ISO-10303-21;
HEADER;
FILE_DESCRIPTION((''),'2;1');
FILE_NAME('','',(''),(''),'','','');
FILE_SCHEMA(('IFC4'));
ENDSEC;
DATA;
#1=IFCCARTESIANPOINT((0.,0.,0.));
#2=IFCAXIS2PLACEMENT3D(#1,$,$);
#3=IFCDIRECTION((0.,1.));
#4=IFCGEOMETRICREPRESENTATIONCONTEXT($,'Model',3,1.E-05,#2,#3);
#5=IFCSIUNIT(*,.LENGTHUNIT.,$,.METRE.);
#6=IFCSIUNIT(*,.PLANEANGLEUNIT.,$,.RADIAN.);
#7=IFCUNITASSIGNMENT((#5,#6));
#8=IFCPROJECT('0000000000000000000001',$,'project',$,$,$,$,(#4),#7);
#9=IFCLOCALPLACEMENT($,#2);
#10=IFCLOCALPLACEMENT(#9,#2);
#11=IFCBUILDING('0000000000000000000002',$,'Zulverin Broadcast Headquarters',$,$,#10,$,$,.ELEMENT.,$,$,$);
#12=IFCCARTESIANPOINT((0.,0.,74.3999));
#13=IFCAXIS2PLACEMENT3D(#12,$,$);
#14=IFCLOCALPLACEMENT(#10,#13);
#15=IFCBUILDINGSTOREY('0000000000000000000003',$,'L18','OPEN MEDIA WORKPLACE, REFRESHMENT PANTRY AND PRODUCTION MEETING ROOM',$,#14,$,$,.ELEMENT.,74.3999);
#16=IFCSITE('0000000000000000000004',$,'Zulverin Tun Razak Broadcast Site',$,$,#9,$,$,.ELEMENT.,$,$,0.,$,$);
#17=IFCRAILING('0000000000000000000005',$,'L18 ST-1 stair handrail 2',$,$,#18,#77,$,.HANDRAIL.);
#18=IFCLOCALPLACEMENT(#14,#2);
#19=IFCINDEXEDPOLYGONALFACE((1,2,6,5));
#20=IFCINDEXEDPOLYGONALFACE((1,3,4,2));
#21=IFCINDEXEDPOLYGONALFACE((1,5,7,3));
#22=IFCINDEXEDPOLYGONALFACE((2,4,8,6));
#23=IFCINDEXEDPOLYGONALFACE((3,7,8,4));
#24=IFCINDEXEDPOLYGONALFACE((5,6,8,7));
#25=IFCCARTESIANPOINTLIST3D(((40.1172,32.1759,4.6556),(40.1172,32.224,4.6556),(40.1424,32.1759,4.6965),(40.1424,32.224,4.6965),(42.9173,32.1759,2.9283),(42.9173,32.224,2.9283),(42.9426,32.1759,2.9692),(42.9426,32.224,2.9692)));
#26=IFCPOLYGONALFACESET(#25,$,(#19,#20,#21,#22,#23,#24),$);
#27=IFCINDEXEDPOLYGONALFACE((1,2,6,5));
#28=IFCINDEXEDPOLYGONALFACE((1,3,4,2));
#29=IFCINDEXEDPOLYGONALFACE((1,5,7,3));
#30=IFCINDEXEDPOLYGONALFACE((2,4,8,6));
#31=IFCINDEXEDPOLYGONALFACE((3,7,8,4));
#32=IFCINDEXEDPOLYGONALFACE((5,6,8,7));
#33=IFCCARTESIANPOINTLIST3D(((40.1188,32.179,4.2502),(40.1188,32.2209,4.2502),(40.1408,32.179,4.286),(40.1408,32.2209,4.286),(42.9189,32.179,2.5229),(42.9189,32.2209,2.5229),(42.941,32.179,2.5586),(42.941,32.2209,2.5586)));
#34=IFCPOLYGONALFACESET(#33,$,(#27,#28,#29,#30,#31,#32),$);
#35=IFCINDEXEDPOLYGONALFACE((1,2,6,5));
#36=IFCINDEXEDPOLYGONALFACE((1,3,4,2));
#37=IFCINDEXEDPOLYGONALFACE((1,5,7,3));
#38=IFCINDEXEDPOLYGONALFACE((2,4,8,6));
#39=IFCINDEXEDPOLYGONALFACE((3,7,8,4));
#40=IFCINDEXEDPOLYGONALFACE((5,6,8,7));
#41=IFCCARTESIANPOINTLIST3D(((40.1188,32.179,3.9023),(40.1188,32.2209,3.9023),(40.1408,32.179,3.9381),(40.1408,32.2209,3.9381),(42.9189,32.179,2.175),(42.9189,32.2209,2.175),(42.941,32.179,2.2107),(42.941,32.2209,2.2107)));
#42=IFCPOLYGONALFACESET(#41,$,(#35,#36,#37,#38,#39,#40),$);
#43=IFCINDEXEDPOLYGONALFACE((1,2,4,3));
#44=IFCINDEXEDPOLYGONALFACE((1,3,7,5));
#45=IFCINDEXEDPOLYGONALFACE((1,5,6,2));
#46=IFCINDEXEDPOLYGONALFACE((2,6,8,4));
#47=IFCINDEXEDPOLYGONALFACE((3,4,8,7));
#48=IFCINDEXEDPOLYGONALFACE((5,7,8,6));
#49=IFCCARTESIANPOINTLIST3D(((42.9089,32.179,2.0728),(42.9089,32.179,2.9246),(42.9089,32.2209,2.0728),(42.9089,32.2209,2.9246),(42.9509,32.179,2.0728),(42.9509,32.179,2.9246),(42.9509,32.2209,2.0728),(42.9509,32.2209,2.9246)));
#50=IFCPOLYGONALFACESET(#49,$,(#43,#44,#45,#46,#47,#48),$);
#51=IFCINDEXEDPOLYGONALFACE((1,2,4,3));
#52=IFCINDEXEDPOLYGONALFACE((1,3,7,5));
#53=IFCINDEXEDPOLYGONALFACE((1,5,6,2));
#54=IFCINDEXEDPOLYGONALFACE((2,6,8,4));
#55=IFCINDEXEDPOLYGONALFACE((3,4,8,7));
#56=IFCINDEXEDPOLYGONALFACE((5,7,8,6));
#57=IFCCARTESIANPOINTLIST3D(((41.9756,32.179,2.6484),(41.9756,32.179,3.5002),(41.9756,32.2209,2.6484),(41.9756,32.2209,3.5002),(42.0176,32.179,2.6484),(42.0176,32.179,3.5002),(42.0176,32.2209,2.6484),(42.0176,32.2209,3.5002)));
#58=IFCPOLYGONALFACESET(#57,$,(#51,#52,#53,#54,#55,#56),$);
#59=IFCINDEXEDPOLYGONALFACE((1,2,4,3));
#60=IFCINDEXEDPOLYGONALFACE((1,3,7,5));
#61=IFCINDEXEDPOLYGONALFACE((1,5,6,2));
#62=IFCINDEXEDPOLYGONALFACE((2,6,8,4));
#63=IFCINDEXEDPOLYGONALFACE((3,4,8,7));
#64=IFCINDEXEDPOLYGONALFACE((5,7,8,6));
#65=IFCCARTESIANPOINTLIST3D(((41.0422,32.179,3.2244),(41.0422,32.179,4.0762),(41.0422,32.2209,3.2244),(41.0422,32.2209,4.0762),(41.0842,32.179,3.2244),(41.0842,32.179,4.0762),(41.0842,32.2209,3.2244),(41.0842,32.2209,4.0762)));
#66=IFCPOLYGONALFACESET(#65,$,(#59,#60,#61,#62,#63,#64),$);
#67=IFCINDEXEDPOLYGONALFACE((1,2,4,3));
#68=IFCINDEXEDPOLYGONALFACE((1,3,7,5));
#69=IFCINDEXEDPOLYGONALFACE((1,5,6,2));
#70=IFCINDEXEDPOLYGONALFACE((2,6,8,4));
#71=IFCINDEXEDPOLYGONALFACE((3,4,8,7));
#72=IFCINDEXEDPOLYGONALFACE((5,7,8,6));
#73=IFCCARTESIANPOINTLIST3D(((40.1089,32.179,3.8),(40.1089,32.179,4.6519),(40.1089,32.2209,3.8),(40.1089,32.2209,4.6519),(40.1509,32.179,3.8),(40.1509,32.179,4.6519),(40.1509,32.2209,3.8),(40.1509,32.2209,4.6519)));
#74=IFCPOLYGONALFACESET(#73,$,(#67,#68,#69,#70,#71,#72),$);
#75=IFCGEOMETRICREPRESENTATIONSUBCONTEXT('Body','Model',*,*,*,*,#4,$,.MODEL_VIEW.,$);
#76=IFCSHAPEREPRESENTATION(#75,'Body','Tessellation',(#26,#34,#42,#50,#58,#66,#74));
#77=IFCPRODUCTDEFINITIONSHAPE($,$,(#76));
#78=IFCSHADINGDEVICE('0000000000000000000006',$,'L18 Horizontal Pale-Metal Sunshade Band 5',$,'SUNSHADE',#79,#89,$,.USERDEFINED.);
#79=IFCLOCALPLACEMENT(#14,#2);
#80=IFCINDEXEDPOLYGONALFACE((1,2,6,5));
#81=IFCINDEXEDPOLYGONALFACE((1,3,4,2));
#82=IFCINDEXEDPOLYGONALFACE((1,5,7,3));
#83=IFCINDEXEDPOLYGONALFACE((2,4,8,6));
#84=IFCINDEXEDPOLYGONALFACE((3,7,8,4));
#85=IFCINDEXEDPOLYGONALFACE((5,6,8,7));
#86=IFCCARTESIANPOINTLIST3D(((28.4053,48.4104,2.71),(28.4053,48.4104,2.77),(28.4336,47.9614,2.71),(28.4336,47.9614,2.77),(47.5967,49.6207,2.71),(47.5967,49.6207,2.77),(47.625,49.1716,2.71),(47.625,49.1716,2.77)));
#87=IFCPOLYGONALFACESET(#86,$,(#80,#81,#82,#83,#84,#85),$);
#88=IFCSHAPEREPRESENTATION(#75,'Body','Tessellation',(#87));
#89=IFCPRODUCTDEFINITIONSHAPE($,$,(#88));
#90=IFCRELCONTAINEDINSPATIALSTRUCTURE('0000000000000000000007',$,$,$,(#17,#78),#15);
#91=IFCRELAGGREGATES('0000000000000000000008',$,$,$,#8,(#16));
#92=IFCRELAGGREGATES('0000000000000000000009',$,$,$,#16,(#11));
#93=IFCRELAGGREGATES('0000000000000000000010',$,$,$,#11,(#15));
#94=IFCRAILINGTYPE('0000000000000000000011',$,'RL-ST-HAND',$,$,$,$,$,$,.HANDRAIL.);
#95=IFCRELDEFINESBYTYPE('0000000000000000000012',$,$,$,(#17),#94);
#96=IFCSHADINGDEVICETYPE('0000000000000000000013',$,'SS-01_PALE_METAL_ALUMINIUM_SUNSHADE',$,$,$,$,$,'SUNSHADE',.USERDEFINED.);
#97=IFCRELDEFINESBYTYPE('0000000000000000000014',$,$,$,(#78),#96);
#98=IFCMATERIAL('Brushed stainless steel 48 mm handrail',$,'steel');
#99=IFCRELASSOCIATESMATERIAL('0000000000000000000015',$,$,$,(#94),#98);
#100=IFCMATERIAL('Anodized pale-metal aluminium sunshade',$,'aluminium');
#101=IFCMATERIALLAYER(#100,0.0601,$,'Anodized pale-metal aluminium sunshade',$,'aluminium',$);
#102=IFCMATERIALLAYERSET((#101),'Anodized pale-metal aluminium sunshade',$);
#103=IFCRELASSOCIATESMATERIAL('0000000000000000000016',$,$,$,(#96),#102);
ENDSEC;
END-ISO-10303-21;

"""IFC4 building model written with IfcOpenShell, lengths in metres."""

from ifc_helpers import new_model, si_unit, direction, frame, origin, origin_2d, place, context, subcontext, project, spatial, rectangle, extrude, material, layer, layer_set, type_object, element, save


model = new_model("IFC4")

# Units and contexts
model_context = context("Model", 3, precision=1e-05, world=origin(), true_north=direction((0.0, 1.0)))
body_context = subcontext(model_context, "Body", "Model", "MODEL_VIEW")
ifc_project = project(units=[si_unit("LENGTHUNIT", "METRE"), si_unit("PLANEANGLEUNIT", "RADIAN")], contexts=[model_context])

# Site, building, storey
site_placement = place(None, origin())
site = spatial("IfcSite", under=ifc_project, at=site_placement, Name="Zulverin Tun Razak Broadcast Site", CompositionType="ELEMENT", RefElevation=0.0)
building_placement = place(site_placement, origin())
building = spatial("IfcBuilding", under=site, at=building_placement, Name="Zulverin Broadcast Headquarters", CompositionType="ELEMENT")
storey_placement = place(building_placement, frame((0.0, 0.0, 74.3999)))
storey = spatial("IfcBuildingStorey", under=building, at=storey_placement, Name="L18", Description="OPEN MEDIA WORKPLACE, REFRESHMENT PANTRY AND PRODUCTION MEETING ROOM", CompositionType="ELEMENT", Elevation=74.3999)

# Railing
ifc_material_1 = material(Name="Brushed stainless steel 48 mm handrail", Category="steel")
railing_type_1 = type_object("IfcRailingType", Name="RL-ST-HAND", PredefinedType="HANDRAIL", material=ifc_material_1)
railing_1_placement = place(storey_placement, frame((42.9299, 32.2, 2.0728)))
element("IfcRailing", 1, at=railing_1_placement, inside=storey, type_object=railing_type_1, Name="L18 ST-1 stair handrail 2", PredefinedType="HANDRAIL", context=body_context, shape_type="SweptSolid", body=[
    extrude(rectangle(XDim=0.0481, YDim=0.0481, at=origin_2d()), frame((0.0, 0.0, 0.876), z_axis=(-0.85109, 0.0, 0.52502), x_axis=(0.0, -1.0, 0.0)), (0.0, 0.0, 1.0), 3.29),
    extrude(rectangle(XDim=0.042, YDim=0.042, at=origin_2d()), frame((0.0, 0.0, 0.468), z_axis=(-0.85109, 0.0, 0.52502), x_axis=(0.0, -1.0, 0.0)), (0.0, 0.0, 1.0), 3.29),
    extrude(rectangle(XDim=0.042, YDim=0.042, at=origin_2d()), frame((0.0, 0.0, 0.1201), z_axis=(-0.85109, 0.0, 0.52502), x_axis=(0.0, -1.0, 0.0)), (0.0, 0.0, 1.0), 3.29),
    extrude(rectangle(XDim=0.042, YDim=0.042, at=origin_2d()), origin(), (0.0, 0.0, 1.0), 0.8518),
    extrude(rectangle(XDim=0.042, YDim=0.042, at=origin_2d()), frame((-0.9333, 0.0, 0.5757)), (0.0, 0.0, 1.0), 0.8518),
    extrude(rectangle(XDim=0.042, YDim=0.042, at=origin_2d()), frame((-1.8667, 0.0, 1.1516)), (0.0, 0.0, 1.0), 0.8518),
    extrude(rectangle(XDim=0.042, YDim=0.042, at=origin_2d()), frame((-2.8, 0.0, 1.7273)), (0.0, 0.0, 1.0), 0.8518),
])

# Shading device
ifc_material_2 = material(Name="Anodized pale-metal aluminium sunshade", Category="aluminium")
ifc_layer_1 = layer(ifc_material_2, 0.0601, Name="Anodized pale-metal aluminium sunshade", Category="aluminium")
ifc_layer_set_1 = layer_set([ifc_layer_1], Name="Anodized pale-metal aluminium sunshade")
shading_device_type = type_object("IfcShadingDeviceType", Name="SS-01_PALE_METAL_ALUMINIUM_SUNSHADE", ElementType="SUNSHADE", PredefinedType="USERDEFINED", material=ifc_layer_set_1)
shading_device_placement = place(storey_placement, frame((38.0151, 48.791, 2.71), z_axis=(0.0, 0.0, 1.0), x_axis=(-0.998018, -0.062935, 0.0)))
element("IfcShadingDevice", 2, at=shading_device_placement, inside=storey, type_object=shading_device_type, Name="L18 Horizontal Pale-Metal Sunshade Band 5", ObjectType="SUNSHADE", PredefinedType="USERDEFINED", context=body_context, shape_type="SweptSolid", body=[
    extrude(rectangle(XDim=19.2295, YDim=0.45, at=origin_2d()), origin(), (0.0, 0.0, 1.0), 0.0601),
])

save(model, "model.ifc")
